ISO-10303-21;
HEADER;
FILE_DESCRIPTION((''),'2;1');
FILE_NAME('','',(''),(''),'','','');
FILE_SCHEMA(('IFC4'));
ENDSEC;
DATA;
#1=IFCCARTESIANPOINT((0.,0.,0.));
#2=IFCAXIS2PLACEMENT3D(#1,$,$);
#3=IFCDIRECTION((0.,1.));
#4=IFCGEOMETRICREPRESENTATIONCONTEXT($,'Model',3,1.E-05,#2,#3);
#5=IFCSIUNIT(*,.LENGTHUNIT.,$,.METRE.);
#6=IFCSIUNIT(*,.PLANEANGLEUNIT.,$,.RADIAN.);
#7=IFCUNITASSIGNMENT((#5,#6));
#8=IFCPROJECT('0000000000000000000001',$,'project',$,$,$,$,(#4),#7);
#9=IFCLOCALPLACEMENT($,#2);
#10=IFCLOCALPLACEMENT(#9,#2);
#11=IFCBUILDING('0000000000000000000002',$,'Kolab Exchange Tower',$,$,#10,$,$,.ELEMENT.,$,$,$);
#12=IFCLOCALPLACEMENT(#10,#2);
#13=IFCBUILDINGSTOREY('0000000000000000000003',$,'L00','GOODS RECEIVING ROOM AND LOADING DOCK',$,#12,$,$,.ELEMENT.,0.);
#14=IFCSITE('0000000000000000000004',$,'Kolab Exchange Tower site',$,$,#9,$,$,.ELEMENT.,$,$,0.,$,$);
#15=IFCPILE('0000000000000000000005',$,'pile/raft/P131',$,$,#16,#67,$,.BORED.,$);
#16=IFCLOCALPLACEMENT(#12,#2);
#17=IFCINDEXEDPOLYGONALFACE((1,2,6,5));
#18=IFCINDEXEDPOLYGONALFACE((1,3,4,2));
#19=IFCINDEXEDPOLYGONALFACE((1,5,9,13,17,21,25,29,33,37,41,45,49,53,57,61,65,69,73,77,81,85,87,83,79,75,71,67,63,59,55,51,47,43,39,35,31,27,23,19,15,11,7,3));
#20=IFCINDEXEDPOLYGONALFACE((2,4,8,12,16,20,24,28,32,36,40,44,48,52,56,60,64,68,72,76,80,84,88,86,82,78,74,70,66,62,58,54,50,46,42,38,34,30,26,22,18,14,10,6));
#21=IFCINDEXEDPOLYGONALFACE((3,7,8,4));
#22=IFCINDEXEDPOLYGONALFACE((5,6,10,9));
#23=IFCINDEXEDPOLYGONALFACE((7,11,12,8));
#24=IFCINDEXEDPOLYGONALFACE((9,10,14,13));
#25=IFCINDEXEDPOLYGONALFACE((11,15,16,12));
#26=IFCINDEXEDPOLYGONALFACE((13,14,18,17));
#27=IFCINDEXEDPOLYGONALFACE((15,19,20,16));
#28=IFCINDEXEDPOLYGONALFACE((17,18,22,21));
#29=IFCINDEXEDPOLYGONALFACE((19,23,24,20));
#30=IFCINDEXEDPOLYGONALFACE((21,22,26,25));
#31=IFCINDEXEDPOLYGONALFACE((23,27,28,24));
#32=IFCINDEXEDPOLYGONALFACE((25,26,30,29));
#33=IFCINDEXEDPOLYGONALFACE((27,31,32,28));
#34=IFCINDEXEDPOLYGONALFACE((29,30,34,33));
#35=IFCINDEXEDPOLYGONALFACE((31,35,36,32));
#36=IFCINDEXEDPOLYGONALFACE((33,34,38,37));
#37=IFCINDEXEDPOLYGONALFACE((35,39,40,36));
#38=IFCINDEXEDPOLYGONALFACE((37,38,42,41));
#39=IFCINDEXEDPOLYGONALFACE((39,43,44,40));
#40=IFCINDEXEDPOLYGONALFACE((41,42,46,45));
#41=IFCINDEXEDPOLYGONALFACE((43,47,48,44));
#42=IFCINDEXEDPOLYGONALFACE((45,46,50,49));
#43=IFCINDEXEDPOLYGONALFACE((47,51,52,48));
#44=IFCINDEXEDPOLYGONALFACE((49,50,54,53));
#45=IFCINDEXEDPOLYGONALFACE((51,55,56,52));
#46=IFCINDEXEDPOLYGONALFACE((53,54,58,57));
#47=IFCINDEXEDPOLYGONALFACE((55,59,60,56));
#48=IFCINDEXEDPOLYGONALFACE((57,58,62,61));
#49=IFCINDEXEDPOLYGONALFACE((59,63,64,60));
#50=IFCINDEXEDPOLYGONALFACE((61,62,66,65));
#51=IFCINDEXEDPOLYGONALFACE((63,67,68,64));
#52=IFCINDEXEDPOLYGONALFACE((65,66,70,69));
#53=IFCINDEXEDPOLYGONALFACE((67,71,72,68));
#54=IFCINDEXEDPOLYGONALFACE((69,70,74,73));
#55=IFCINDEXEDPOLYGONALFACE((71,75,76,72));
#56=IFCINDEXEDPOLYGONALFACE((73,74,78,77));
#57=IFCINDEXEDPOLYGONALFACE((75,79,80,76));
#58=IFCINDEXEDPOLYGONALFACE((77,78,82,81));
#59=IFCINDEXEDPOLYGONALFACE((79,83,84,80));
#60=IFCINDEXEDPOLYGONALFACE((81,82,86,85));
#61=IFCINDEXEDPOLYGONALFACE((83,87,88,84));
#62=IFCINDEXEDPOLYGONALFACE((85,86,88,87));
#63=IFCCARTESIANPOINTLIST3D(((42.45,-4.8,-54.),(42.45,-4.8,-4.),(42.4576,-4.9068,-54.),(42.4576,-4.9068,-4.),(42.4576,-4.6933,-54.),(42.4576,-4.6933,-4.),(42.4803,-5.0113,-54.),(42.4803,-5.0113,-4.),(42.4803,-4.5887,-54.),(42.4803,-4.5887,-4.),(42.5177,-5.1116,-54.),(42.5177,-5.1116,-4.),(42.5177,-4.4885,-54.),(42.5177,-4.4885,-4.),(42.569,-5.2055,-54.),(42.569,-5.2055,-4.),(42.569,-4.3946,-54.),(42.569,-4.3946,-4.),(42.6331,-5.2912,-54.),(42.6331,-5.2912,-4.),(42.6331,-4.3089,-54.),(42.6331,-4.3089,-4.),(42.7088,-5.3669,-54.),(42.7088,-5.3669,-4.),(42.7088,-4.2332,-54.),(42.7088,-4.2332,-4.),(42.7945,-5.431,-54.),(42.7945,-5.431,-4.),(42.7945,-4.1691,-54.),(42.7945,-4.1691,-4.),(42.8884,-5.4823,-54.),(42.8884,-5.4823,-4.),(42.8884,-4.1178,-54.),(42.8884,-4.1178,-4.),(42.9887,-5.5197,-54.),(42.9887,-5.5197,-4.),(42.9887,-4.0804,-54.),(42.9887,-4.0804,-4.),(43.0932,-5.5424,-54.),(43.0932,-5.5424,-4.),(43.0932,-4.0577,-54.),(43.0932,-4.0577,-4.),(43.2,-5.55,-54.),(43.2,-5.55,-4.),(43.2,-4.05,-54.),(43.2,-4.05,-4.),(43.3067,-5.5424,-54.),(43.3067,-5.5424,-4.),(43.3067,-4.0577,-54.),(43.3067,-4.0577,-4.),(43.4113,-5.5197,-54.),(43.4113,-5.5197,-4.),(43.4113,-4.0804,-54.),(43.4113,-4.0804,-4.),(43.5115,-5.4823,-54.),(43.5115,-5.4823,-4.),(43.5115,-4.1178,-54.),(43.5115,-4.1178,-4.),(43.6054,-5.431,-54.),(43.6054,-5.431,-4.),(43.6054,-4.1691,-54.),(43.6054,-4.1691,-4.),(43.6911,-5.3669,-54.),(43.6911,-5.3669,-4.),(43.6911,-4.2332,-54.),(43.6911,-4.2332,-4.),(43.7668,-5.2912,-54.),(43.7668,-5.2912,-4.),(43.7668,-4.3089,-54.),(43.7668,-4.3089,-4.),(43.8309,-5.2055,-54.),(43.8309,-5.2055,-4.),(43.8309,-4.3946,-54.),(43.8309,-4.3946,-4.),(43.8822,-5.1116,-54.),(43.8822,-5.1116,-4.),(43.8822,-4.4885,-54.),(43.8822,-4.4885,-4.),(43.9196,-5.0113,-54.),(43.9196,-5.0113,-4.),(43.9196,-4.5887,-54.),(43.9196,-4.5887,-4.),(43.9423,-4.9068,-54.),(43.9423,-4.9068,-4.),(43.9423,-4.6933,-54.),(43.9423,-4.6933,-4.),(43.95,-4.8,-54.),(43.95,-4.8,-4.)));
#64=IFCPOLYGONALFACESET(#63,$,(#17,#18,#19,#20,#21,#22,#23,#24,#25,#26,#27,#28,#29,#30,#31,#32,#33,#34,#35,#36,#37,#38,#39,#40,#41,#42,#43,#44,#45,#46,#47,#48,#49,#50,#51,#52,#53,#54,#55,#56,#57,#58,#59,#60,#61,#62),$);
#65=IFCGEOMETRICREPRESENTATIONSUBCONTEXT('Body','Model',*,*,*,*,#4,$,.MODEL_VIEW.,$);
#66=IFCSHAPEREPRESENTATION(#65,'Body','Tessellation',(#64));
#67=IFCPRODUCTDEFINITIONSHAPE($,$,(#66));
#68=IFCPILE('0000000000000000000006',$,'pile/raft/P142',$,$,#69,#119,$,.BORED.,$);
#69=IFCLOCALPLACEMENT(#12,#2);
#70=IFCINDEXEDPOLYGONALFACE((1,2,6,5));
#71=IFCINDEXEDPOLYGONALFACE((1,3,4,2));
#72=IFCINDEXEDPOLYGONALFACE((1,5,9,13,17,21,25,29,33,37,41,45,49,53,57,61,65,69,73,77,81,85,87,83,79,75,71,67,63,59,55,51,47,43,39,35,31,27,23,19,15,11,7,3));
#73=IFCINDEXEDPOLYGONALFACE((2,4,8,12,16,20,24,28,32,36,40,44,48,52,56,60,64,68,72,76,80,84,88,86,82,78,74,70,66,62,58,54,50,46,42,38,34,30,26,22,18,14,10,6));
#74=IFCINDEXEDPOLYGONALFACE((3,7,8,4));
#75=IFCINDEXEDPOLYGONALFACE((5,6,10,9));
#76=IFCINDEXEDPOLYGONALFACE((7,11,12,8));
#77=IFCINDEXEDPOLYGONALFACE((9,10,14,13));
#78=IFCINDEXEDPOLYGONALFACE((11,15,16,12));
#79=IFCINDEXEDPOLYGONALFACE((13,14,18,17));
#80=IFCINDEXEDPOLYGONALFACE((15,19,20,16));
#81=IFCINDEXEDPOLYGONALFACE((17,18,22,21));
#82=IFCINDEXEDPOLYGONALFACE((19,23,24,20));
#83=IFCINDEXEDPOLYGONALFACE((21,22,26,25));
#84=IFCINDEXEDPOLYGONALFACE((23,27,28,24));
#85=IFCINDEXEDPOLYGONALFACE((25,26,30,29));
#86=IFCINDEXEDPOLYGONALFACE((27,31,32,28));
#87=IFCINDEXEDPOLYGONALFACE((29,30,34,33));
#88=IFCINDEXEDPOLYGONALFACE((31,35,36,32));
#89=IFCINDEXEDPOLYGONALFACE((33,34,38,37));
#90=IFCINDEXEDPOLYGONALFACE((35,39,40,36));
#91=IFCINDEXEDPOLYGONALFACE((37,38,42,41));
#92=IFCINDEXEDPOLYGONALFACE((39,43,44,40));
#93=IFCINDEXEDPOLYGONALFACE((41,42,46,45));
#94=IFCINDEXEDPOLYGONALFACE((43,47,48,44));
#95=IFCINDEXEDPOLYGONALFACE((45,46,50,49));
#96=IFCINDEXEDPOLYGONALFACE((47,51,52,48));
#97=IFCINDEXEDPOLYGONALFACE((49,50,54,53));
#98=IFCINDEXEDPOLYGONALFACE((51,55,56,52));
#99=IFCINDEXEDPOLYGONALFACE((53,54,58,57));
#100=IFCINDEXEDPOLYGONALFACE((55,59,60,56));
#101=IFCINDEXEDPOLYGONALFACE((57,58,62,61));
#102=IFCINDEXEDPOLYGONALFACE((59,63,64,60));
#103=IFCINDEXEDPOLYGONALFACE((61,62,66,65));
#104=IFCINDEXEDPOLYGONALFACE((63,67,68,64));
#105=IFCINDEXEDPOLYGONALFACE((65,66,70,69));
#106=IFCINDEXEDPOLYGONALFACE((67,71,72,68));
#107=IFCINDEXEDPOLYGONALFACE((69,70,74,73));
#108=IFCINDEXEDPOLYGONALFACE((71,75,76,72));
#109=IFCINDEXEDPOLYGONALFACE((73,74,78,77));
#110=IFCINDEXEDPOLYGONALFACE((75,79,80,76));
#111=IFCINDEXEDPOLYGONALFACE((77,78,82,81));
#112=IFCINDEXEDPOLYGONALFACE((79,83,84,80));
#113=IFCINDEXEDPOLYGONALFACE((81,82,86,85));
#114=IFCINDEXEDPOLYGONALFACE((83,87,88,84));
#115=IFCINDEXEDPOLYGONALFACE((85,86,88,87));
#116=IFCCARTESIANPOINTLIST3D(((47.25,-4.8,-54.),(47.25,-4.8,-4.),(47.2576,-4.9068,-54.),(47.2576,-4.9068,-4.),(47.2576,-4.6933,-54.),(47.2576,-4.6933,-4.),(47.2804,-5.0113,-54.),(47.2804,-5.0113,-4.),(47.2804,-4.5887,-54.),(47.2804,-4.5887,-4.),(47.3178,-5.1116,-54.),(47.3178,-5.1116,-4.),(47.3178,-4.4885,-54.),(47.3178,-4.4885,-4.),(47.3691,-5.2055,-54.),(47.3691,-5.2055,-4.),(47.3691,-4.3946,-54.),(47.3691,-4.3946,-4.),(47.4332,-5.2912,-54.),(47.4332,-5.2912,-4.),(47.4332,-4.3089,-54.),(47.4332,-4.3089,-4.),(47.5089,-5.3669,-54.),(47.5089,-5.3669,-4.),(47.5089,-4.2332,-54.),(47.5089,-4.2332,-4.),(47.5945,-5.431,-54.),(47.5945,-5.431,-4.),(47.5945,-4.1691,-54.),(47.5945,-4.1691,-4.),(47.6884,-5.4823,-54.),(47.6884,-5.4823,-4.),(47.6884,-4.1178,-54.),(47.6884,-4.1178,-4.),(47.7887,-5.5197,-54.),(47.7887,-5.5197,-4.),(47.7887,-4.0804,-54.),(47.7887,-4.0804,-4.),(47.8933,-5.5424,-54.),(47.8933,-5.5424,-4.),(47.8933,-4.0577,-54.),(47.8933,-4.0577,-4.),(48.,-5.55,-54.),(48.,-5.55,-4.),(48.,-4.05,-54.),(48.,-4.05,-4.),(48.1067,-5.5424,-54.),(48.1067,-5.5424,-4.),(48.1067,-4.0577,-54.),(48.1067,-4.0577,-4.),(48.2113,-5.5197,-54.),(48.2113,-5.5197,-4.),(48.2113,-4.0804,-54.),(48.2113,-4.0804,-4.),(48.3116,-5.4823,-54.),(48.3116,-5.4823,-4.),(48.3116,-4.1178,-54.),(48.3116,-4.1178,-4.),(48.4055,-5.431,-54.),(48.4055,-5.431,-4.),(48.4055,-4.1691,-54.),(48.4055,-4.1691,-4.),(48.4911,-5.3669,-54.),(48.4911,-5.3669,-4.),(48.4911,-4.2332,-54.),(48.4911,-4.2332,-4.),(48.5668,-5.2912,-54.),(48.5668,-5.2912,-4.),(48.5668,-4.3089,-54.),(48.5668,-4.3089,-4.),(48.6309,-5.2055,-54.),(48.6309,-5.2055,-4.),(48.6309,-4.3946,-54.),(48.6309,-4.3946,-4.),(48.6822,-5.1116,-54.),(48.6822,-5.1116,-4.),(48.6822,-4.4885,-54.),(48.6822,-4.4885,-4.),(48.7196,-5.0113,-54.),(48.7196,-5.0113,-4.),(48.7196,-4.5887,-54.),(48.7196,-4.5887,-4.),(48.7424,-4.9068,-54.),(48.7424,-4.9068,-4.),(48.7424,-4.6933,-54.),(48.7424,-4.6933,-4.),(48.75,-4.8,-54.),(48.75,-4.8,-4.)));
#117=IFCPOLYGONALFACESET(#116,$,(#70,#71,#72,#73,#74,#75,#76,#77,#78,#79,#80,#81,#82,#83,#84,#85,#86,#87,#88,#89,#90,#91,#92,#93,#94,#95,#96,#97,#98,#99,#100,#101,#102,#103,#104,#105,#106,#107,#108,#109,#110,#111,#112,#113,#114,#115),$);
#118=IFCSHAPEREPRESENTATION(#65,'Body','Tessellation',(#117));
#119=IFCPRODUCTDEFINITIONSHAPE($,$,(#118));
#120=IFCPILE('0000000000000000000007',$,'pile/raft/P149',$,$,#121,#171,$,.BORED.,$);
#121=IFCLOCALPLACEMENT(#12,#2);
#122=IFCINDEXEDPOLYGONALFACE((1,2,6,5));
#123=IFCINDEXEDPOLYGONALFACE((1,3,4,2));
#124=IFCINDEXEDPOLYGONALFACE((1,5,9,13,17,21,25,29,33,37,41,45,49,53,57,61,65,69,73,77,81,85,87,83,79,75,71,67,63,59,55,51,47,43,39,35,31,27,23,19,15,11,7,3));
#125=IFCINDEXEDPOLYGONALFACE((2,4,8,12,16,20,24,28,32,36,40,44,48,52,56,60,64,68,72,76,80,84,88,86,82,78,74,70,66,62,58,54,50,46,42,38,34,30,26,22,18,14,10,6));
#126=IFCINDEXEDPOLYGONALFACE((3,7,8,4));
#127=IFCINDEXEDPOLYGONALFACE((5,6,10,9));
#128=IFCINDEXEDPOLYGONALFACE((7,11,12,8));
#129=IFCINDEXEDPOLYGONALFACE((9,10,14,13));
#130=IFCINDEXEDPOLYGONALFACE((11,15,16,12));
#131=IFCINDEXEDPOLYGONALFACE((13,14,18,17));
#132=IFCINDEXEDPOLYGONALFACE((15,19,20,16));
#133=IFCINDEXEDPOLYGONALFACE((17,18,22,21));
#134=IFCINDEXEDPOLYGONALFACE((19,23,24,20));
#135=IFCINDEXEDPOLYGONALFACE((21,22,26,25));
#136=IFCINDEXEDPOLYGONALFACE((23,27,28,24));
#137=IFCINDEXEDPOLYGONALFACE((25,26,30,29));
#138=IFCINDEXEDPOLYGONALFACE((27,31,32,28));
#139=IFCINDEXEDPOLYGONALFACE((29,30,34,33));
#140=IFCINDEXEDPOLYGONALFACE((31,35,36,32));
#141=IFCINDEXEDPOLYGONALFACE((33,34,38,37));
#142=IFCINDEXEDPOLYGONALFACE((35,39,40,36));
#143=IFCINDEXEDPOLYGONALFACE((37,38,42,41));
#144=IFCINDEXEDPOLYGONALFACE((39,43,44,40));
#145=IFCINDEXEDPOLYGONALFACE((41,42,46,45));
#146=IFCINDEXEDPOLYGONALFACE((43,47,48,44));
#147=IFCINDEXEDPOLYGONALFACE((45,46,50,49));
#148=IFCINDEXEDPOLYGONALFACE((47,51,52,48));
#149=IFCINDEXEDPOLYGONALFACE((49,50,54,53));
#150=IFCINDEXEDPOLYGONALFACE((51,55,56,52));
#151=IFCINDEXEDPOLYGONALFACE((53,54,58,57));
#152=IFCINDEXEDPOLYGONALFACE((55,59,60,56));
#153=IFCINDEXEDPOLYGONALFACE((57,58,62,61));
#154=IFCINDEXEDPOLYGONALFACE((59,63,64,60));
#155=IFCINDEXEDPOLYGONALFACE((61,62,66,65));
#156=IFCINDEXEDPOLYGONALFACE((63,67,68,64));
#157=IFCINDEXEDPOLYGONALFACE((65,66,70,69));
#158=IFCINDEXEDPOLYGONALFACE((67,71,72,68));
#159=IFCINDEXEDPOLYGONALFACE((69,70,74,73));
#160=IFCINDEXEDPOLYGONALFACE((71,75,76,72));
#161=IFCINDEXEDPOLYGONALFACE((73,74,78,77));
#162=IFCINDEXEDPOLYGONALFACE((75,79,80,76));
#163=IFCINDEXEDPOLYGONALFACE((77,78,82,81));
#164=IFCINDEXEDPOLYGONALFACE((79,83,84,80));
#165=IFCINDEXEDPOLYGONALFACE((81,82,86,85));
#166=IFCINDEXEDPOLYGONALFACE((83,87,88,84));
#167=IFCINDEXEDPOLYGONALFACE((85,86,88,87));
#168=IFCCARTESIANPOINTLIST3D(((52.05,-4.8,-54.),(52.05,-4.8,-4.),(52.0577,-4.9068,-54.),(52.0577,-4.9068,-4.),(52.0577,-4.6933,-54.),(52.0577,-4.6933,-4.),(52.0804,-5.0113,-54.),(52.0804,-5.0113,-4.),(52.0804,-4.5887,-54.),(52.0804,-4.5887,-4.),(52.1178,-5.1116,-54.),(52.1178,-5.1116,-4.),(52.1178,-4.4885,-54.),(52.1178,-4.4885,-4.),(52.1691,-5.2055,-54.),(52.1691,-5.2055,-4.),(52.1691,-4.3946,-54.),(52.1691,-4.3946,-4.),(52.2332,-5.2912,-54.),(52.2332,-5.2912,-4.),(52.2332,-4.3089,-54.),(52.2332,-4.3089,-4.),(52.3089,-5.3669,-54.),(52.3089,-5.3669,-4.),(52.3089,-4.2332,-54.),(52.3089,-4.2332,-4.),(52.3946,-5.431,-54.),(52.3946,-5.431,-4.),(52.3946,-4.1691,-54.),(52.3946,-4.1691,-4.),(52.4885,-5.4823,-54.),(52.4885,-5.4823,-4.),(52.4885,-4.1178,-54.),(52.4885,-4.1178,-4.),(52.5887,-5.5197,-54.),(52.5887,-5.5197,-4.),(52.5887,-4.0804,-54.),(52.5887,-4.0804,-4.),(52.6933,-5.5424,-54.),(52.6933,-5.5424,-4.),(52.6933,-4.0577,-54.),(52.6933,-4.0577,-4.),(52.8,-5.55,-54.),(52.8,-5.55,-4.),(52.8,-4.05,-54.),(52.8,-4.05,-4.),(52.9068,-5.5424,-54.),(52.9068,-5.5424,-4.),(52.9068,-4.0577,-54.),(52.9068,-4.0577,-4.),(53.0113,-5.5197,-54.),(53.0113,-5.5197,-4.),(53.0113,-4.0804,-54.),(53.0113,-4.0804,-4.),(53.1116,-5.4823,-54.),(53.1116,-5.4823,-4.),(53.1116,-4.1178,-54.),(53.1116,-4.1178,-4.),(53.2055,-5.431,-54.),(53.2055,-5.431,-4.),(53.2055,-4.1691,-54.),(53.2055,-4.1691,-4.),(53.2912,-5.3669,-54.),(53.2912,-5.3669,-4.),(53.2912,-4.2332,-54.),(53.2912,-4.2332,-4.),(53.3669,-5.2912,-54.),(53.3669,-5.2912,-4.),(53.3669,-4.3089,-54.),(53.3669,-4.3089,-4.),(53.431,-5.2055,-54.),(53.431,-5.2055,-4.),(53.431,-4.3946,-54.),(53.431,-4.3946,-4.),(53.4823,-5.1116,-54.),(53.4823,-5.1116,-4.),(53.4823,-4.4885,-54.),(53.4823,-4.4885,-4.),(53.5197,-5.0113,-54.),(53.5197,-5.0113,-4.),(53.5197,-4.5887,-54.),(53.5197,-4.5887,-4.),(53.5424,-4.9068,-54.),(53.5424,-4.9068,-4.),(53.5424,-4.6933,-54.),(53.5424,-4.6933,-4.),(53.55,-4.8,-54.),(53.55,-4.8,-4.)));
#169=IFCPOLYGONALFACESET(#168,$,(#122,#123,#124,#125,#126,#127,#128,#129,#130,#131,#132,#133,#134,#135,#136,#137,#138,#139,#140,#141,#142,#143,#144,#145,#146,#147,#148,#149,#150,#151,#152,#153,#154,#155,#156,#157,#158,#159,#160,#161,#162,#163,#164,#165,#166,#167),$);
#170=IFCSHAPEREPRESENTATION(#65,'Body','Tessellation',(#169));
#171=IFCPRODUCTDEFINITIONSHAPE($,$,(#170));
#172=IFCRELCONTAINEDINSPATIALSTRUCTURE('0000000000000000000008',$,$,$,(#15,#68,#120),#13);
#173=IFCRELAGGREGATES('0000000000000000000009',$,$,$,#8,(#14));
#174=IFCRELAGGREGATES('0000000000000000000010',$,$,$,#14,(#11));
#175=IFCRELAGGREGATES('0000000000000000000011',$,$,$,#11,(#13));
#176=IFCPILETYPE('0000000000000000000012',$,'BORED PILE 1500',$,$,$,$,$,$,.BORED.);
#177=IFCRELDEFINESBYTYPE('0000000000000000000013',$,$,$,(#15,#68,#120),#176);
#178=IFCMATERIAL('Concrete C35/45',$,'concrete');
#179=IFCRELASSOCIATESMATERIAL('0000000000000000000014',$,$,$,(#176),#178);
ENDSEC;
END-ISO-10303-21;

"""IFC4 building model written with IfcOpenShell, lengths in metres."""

from ifc_helpers import new_model, si_unit, direction, frame, origin, origin_2d, place, context, subcontext, project, spatial, circle, extrude, material, material_profile, profile_set, type_object, element, save


model = new_model("IFC4")

# Units and contexts
model_context = context("Model", 3, precision=1e-05, world=origin(), true_north=direction((0.0, 1.0)))
body_context = subcontext(model_context, "Body", "Model", "MODEL_VIEW")
ifc_project = project(units=[si_unit("LENGTHUNIT", "METRE"), si_unit("PLANEANGLEUNIT", "RADIAN")], contexts=[model_context])

# Site, building, storey
site_placement = place(None, origin())
site = spatial("IfcSite", under=ifc_project, at=site_placement, Name="Kolab Exchange Tower site", CompositionType="ELEMENT", RefElevation=0.0)
building_placement = place(site_placement, origin())
building = spatial("IfcBuilding", under=site, at=building_placement, Name="Kolab Exchange Tower", CompositionType="ELEMENT")
storey_placement = place(building_placement, origin())
storey = spatial("IfcBuildingStorey", under=building, at=storey_placement, Name="L00", Description="GOODS RECEIVING ROOM AND LOADING DOCK", CompositionType="ELEMENT", Elevation=0.0)

# Piles
ifc_material_1 = material(Name="Concrete C35/45", Category="concrete")
ifc_material_profile_1 = material_profile(ifc_material_1, circle(Radius=0.75, at=origin_2d()), Name="BP1500")
ifc_profile_set_1 = profile_set([ifc_material_profile_1], Name="Concrete C35/45")
pile_type = type_object("IfcPileType", Name="BORED PILE 1500", PredefinedType="BORED", material=ifc_profile_set_1)
for number, where, z_axis, x_axis, name in (
    (1, (43.2, -4.8, -4.0), (0.0, 0.0, -1.0), (1.0, 0.0, 0.0), "pile/raft/P131"),
    (2, (48.0, -4.8, -4.0), (0.0, 0.0, -1.0), (1.0, 0.0, 0.0), "pile/raft/P142"),
    (3, (52.8, -4.8, -4.0), (0.0, 0.0, -1.0), (1.0, 0.0, 0.0), "pile/raft/P149"),
):
    element("IfcPile", number, at=place(storey_placement, frame(where, z_axis=z_axis, x_axis=x_axis)), inside=storey, type_object=pile_type, Name=name, PredefinedType="BORED", context=body_context, shape_type="SweptSolid", body=[
        extrude(circle(Radius=0.75, at=origin_2d()), origin(), (0.0, 0.0, 1.0), 50.0),
    ])

save(model, "model.ifc")
